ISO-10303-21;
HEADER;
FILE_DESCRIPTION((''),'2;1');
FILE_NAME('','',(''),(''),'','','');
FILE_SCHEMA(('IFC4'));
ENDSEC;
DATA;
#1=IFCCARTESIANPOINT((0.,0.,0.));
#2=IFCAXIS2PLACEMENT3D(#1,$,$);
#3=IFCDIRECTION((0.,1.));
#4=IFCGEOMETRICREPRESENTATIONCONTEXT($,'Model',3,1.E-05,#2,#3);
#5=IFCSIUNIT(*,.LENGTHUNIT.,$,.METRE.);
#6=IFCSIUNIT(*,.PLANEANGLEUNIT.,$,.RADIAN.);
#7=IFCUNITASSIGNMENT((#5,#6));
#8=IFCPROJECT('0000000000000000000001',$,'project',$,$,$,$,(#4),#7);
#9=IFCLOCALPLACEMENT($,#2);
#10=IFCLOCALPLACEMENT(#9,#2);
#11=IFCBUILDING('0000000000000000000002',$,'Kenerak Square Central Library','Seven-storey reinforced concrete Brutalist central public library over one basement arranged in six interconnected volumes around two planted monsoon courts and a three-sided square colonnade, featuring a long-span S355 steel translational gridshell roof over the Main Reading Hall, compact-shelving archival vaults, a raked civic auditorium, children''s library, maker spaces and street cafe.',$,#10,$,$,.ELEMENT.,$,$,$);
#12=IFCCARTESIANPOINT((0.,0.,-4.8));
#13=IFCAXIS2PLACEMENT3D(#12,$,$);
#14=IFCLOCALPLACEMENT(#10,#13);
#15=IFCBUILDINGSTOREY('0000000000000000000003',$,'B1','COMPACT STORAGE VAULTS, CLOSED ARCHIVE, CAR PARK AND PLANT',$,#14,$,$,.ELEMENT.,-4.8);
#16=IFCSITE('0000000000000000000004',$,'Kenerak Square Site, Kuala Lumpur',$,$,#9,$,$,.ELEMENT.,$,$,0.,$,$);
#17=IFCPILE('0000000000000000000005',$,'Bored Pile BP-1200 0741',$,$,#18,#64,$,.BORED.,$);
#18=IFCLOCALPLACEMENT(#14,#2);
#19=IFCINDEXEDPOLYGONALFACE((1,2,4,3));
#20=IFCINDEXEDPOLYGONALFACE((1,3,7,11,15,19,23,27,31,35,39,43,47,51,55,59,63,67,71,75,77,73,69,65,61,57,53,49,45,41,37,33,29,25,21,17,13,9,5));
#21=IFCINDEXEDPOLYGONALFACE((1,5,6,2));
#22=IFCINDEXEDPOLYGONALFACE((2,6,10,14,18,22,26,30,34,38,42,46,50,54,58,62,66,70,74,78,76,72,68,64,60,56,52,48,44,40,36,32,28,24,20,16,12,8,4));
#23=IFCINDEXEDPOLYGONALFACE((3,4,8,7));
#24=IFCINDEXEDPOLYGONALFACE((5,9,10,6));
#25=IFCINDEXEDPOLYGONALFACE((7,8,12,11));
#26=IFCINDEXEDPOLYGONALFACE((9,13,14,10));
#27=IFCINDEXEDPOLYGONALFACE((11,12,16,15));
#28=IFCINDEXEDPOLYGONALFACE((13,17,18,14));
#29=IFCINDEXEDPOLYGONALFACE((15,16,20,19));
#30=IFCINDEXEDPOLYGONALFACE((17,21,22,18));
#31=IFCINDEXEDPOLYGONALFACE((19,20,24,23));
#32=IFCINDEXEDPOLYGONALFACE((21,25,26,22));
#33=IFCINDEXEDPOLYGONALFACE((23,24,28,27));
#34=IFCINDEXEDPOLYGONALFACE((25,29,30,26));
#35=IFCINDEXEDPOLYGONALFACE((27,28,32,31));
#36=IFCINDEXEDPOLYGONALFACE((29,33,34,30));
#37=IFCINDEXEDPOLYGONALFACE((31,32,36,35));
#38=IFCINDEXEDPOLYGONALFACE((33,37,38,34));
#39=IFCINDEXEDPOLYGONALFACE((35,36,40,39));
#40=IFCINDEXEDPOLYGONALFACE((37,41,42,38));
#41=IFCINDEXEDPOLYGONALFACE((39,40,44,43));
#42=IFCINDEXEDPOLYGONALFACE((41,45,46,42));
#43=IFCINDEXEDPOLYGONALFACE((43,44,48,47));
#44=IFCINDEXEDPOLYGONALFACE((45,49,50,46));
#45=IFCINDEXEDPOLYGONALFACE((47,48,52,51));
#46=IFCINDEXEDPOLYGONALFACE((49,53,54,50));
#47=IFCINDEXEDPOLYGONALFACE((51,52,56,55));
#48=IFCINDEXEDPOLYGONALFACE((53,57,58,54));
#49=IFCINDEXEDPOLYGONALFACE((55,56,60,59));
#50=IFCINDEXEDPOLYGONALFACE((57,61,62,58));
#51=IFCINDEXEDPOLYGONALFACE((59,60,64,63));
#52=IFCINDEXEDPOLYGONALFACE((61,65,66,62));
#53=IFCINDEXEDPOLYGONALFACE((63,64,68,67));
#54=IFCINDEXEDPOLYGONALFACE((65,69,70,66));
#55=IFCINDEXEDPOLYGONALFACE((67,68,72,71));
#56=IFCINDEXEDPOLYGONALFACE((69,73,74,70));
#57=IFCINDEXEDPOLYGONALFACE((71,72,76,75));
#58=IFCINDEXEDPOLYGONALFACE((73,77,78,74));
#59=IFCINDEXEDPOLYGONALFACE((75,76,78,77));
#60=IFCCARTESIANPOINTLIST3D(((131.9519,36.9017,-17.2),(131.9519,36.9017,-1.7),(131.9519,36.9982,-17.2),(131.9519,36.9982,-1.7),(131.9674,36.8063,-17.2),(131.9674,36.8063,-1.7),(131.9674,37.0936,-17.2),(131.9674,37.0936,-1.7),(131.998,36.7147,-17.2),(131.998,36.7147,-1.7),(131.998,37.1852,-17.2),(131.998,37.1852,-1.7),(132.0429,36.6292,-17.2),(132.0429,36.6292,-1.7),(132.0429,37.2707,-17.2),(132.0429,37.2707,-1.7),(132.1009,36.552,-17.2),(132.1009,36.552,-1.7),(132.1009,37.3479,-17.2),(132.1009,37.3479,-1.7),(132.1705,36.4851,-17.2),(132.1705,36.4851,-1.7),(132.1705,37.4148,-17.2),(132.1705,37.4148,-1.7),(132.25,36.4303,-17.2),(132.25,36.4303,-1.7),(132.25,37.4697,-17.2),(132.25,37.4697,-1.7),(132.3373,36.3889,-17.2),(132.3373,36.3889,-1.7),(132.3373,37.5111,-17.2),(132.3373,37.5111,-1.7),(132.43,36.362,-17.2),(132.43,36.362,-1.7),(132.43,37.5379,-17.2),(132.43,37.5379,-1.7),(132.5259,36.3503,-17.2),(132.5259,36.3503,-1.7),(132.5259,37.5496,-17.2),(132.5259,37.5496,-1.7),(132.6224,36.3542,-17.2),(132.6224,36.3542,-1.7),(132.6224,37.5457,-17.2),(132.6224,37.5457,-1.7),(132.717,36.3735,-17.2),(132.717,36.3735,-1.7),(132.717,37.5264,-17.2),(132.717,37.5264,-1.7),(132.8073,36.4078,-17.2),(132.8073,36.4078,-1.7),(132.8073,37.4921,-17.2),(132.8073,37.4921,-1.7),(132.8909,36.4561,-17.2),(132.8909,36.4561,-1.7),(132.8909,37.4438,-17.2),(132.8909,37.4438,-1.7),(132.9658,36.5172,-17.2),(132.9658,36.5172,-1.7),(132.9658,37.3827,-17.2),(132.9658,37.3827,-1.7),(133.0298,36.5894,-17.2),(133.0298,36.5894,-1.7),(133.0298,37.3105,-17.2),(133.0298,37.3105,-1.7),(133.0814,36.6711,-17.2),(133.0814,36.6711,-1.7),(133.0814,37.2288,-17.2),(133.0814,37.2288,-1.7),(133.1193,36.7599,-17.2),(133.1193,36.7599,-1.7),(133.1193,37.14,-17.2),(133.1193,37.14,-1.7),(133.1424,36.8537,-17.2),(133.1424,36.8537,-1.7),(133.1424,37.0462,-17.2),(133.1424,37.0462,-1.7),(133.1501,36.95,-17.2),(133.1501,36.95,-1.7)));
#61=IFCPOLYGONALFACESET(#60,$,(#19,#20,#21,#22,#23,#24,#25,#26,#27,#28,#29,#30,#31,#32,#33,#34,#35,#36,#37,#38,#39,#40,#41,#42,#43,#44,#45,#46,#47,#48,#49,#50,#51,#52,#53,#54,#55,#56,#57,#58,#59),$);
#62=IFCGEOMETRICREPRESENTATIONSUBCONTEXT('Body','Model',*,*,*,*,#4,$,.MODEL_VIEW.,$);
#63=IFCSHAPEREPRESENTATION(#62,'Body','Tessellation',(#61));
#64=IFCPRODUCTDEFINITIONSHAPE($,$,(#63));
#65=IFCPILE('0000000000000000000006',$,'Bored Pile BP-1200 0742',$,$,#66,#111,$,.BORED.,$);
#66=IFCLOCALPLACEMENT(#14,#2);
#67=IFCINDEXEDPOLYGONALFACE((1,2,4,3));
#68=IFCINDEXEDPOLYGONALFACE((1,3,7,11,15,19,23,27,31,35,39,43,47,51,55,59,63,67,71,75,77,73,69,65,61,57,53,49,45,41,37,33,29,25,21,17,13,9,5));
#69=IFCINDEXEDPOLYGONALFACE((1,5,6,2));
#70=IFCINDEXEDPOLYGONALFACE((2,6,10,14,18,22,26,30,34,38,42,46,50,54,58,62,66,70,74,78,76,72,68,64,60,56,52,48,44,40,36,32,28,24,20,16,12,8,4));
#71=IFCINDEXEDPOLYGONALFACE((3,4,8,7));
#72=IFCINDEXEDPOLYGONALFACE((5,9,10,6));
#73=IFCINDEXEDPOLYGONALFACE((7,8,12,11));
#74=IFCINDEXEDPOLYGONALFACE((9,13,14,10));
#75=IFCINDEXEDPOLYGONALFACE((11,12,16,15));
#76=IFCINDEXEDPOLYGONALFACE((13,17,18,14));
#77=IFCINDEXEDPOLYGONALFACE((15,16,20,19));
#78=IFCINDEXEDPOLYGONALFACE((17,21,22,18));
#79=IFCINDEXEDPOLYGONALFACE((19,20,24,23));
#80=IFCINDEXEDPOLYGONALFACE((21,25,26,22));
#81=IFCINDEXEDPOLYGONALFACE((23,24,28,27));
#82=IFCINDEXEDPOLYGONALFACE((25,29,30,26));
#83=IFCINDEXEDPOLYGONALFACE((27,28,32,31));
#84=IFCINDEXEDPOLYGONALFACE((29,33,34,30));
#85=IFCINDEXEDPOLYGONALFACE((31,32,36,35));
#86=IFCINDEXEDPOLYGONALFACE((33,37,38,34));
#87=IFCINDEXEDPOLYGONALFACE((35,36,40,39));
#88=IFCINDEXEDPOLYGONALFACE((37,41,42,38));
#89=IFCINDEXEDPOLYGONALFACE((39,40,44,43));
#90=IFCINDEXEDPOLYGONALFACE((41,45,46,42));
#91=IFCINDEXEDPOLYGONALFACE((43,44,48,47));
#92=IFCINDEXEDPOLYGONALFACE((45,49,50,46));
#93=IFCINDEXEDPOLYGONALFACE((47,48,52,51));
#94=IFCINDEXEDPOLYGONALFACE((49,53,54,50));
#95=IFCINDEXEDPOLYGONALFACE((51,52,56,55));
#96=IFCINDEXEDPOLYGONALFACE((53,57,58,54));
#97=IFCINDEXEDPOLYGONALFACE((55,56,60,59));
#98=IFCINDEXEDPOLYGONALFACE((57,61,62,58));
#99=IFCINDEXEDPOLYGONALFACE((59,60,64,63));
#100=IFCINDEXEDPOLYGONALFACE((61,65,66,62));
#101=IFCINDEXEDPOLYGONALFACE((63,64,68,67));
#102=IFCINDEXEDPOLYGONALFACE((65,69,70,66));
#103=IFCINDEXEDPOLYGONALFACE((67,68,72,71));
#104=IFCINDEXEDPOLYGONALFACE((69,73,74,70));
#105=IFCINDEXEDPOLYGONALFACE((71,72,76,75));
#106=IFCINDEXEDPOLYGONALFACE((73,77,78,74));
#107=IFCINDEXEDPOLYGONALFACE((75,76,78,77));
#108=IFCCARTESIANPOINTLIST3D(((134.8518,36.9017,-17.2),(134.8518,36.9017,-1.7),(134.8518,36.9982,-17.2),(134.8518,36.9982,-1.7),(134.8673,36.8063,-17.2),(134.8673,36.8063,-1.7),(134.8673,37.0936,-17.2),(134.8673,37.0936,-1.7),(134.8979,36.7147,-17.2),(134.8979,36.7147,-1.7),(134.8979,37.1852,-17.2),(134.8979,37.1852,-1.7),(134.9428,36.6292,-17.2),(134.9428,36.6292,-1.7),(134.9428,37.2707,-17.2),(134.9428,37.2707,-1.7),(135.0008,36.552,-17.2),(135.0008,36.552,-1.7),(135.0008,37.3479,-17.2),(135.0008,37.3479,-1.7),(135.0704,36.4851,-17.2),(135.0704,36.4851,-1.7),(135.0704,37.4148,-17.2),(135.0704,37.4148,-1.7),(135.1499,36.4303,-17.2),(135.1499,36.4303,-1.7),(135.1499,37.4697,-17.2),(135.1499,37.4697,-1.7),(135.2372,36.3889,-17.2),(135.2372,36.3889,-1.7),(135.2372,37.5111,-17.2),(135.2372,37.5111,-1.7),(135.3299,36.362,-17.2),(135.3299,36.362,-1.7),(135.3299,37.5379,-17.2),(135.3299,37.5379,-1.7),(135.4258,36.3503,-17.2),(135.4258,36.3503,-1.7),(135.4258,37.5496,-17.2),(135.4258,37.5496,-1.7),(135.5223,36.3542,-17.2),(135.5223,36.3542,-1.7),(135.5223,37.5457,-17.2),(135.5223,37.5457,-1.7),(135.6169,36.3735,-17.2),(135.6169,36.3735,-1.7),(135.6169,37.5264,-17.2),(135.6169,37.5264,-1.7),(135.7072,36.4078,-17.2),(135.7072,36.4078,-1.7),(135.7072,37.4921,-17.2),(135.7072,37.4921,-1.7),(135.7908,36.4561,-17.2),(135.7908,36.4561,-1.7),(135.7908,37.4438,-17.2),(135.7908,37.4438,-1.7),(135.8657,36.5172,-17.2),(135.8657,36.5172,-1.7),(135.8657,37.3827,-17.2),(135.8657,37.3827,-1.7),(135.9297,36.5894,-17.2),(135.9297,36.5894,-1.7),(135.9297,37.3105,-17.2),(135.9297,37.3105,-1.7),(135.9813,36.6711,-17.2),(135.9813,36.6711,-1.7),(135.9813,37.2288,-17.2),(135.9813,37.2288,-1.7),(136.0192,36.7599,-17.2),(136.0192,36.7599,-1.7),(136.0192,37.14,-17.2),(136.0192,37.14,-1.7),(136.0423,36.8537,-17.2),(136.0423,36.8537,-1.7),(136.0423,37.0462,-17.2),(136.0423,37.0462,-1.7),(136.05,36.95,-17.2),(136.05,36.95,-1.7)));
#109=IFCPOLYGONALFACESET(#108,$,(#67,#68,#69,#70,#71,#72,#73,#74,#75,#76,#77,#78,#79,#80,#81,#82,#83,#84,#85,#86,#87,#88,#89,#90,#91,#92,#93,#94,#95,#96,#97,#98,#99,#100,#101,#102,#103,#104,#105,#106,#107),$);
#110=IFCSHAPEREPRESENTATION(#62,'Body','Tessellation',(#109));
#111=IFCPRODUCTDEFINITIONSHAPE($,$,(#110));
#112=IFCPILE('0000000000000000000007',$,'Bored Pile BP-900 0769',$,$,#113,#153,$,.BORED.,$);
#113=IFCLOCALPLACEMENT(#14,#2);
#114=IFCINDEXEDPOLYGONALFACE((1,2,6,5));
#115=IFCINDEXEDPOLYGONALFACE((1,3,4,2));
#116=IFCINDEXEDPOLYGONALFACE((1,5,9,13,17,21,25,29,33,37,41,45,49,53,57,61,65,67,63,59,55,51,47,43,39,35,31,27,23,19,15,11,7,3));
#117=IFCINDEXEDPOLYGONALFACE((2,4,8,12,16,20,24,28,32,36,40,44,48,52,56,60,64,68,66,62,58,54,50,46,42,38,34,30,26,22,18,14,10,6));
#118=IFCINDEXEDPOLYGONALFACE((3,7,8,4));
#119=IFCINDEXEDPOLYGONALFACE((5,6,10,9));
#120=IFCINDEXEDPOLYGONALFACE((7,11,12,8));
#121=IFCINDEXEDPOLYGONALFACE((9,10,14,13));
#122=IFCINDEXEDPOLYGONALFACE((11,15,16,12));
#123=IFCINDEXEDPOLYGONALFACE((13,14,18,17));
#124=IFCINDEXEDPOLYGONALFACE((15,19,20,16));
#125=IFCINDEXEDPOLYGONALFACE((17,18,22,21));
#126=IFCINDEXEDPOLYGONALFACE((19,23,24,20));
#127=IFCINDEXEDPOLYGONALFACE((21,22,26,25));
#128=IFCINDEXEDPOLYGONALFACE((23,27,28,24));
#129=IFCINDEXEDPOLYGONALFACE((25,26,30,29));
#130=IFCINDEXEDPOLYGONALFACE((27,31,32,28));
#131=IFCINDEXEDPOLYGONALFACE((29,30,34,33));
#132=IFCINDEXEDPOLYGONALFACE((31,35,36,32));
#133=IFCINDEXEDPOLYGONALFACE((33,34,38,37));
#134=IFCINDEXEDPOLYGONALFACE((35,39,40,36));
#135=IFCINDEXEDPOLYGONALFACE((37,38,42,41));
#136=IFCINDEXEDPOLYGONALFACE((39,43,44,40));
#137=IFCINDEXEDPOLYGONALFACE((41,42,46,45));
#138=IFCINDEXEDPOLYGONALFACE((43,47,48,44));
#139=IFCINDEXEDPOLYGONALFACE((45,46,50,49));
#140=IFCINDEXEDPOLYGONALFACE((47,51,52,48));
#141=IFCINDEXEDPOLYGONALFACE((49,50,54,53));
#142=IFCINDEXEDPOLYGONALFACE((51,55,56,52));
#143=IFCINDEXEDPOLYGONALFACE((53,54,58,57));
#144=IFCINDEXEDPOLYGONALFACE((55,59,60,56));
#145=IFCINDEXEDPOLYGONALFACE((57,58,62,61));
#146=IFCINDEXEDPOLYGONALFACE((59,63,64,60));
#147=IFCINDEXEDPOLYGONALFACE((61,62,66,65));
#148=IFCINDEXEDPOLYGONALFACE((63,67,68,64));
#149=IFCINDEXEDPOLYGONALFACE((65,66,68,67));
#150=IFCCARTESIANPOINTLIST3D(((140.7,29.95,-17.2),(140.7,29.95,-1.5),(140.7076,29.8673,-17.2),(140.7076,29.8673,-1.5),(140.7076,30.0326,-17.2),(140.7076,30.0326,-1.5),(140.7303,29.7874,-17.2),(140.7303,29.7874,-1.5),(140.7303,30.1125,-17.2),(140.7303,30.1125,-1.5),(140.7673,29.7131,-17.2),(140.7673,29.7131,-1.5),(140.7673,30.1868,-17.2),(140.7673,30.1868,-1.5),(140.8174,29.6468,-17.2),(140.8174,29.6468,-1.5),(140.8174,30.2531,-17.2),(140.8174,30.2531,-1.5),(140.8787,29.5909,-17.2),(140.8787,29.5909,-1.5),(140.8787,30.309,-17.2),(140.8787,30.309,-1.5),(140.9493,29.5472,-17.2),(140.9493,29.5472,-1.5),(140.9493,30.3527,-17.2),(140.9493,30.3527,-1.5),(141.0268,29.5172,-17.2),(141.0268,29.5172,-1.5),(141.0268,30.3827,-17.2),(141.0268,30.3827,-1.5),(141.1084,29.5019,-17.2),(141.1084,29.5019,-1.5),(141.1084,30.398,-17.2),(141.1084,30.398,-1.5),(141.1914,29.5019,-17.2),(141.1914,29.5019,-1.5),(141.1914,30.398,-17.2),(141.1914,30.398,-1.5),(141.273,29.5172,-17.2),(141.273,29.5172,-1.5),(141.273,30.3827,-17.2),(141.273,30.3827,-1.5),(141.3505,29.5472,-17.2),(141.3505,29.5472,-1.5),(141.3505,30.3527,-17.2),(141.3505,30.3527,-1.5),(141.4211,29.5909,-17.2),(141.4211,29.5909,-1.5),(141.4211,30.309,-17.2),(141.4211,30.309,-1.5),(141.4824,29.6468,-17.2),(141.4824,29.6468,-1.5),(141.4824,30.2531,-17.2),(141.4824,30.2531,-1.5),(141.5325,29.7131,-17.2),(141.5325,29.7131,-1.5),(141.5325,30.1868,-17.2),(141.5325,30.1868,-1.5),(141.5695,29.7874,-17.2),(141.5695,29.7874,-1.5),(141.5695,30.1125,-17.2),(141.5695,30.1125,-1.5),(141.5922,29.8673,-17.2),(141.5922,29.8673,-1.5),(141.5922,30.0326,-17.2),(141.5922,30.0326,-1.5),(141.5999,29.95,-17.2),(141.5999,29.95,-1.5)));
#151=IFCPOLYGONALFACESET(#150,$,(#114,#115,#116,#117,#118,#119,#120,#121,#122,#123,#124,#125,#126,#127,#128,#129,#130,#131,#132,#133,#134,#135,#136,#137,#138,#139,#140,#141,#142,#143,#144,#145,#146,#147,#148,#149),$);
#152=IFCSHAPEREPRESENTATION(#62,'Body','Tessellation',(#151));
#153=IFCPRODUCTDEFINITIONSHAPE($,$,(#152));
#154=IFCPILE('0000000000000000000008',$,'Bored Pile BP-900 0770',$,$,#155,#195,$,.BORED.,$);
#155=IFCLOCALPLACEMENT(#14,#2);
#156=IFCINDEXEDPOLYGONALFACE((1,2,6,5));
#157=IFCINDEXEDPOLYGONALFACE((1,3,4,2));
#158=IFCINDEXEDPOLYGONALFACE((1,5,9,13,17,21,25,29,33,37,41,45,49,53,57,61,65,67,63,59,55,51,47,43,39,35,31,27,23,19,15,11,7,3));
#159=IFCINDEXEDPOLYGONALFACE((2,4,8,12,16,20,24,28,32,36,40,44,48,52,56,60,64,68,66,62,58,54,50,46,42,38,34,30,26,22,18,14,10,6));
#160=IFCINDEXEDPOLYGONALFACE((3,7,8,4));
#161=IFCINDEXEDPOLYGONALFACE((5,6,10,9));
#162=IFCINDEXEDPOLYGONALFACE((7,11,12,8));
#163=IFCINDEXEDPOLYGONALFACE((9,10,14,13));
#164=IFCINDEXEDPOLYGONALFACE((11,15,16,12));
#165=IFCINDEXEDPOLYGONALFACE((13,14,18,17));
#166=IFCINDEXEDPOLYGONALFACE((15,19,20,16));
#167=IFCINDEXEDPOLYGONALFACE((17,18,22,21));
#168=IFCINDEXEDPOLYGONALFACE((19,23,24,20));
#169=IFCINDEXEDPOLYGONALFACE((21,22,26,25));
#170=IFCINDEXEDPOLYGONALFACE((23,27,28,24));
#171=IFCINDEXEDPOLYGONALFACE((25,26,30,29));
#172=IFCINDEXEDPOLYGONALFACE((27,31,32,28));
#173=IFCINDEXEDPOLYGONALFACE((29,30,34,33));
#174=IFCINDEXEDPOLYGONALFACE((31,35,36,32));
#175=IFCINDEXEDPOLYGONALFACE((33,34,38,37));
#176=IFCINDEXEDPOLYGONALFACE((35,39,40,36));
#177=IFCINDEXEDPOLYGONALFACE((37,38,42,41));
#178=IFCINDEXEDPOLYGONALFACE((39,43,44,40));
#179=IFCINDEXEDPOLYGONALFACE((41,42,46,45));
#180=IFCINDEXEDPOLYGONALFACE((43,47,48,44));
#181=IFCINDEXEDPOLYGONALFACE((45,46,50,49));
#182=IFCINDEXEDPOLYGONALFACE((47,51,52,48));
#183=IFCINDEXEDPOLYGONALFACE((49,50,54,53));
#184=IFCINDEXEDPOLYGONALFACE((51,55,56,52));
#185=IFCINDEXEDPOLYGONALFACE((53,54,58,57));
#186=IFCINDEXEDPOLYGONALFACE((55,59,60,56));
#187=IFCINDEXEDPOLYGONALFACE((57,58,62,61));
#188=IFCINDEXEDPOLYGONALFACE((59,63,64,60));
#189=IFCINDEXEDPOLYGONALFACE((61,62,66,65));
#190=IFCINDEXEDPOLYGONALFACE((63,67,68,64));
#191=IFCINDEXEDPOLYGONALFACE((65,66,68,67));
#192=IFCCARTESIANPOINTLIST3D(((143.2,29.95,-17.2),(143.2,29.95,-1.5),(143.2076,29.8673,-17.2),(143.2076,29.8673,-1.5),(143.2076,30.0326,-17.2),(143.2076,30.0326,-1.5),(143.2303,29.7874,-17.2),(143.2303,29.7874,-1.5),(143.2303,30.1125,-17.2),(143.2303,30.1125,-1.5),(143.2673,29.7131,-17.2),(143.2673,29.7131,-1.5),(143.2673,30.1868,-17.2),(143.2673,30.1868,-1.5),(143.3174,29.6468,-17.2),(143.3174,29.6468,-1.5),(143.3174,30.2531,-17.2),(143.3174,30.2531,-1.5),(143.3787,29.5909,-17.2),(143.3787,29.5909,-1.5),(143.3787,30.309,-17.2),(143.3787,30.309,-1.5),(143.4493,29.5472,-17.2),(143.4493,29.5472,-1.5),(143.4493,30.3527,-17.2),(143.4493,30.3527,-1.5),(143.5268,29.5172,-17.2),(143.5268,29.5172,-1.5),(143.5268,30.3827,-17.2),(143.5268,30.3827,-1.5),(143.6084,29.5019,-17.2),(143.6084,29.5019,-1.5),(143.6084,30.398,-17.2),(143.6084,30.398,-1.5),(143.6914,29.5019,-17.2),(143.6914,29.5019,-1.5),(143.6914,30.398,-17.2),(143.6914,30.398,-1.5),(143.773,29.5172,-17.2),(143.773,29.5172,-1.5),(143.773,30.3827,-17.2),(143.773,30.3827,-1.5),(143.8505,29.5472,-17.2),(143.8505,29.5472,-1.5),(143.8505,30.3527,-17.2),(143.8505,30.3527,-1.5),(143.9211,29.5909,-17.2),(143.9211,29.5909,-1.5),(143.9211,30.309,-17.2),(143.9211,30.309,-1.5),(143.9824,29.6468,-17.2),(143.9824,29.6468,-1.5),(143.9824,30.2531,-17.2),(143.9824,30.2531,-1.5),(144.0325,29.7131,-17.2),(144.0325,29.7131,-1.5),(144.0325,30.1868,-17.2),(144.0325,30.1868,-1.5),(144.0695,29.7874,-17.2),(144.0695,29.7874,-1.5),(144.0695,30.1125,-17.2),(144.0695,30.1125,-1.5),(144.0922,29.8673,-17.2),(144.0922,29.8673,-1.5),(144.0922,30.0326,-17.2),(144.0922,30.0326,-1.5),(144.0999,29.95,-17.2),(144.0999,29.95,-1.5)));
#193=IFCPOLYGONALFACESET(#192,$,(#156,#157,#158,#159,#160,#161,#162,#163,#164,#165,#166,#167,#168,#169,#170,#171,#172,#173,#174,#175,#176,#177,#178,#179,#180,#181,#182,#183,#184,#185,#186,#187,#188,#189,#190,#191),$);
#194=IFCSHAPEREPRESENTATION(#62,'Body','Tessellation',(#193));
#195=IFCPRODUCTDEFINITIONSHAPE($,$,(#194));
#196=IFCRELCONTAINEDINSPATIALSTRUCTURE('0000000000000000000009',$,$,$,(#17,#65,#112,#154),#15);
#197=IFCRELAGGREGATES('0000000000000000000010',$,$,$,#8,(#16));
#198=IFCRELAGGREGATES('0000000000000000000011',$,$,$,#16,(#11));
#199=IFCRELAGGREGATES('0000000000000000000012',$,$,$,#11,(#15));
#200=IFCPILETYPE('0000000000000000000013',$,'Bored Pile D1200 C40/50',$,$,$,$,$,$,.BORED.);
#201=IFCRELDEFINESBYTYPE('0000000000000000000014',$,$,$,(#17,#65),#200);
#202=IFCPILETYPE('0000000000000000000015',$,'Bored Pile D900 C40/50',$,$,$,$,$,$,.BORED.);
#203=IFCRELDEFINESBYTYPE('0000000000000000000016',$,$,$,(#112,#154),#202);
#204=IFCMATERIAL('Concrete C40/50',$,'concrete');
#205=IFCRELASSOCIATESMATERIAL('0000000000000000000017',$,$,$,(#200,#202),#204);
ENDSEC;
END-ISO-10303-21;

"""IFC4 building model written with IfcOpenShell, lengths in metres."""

from ifc_helpers import new_model, si_unit, direction, frame, origin, origin_2d, place, context, subcontext, project, spatial, circle, extrude, material, material_profile, profile_set, type_object, element, save


model = new_model("IFC4")

# Units and contexts
model_context = context("Model", 3, precision=1e-05, world=origin(), true_north=direction((0.0, 1.0)))
body_context = subcontext(model_context, "Body", "Model", "MODEL_VIEW")
ifc_project = project(units=[si_unit("LENGTHUNIT", "METRE"), si_unit("PLANEANGLEUNIT", "RADIAN")], contexts=[model_context])

# Site, building, storey
site_placement = place(None, origin())
site = spatial("IfcSite", under=ifc_project, at=site_placement, Name="Kenerak Square Site, Kuala Lumpur", CompositionType="ELEMENT", RefElevation=0.0)
building_placement = place(site_placement, origin())
building = spatial("IfcBuilding", under=site, at=building_placement, Name="Kenerak Square Central Library", Description="Seven-storey reinforced concrete Brutalist central public library over one basement arranged in six interconnected volumes around two planted monsoon courts and a three-sided square colonnade, featuring a long-span S355 steel translational gridshell roof over the Main Reading Hall, compact-shelving archival vaults, a raked civic auditorium, children's library, maker spaces and street cafe.", CompositionType="ELEMENT")
storey_placement = place(building_placement, frame((0.0, 0.0, -4.8)))
storey = spatial("IfcBuildingStorey", under=building, at=storey_placement, Name="B1", Description="COMPACT STORAGE VAULTS, CLOSED ARCHIVE, CAR PARK AND PLANT", CompositionType="ELEMENT", Elevation=-4.8)

# Piles
ifc_material_1 = material(Name="Concrete C40/50", Category="concrete")
ifc_material_profile_1 = material_profile(ifc_material_1, circle(Radius=0.6001, at=origin_2d()), Name="BP D1200")
ifc_profile_set_1 = profile_set([ifc_material_profile_1], Name="Concrete C40/50")
pile_type_1 = type_object("IfcPileType", Name="Bored Pile D1200 C40/50", PredefinedType="BORED", material=ifc_profile_set_1)
for number, where, z_axis, x_axis, name in (
    (1, (132.55, 36.95, -1.7), (0.0, 0.0, -1.0), (1.0, 0.0, 0.0), "Bored Pile BP-1200 0741"),
    (2, (135.45, 36.95, -1.7), (0.0, 0.0, -1.0), (1.0, 0.0, 0.0), "Bored Pile BP-1200 0742"),
):
    element("IfcPile", number, at=place(storey_placement, frame(where, z_axis=z_axis, x_axis=x_axis)), inside=storey, type_object=pile_type_1, Name=name, PredefinedType="BORED", context=body_context, shape_type="SweptSolid", body=[
        extrude(circle(Radius=0.6001, at=origin_2d()), origin(), (0.0, 0.0, 1.0), 15.5),
    ])
ifc_material_profile_2 = material_profile(ifc_material_1, circle(Radius=0.45, at=origin_2d()), Name="BP D900")
ifc_profile_set_2 = profile_set([ifc_material_profile_2], Name="Concrete C40/50")
pile_type_2 = type_object("IfcPileType", Name="Bored Pile D900 C40/50", PredefinedType="BORED", material=ifc_profile_set_2)
for number, where, z_axis, x_axis, name in (
    (3, (141.1499, 29.95, -1.5), (0.0, 0.0, -1.0), (1.0, 0.0, 0.0), "Bored Pile BP-900 0769"),
    (4, (143.6499, 29.95, -1.5), (0.0, 0.0, -1.0), (1.0, 0.0, 0.0), "Bored Pile BP-900 0770"),
):
    element("IfcPile", number, at=place(storey_placement, frame(where, z_axis=z_axis, x_axis=x_axis)), inside=storey, type_object=pile_type_2, Name=name, PredefinedType="BORED", context=body_context, shape_type="SweptSolid", body=[
        extrude(circle(Radius=0.45, at=origin_2d()), origin(), (0.0, 0.0, 1.0), 15.7),
    ])

save(model, "model.ifc")
